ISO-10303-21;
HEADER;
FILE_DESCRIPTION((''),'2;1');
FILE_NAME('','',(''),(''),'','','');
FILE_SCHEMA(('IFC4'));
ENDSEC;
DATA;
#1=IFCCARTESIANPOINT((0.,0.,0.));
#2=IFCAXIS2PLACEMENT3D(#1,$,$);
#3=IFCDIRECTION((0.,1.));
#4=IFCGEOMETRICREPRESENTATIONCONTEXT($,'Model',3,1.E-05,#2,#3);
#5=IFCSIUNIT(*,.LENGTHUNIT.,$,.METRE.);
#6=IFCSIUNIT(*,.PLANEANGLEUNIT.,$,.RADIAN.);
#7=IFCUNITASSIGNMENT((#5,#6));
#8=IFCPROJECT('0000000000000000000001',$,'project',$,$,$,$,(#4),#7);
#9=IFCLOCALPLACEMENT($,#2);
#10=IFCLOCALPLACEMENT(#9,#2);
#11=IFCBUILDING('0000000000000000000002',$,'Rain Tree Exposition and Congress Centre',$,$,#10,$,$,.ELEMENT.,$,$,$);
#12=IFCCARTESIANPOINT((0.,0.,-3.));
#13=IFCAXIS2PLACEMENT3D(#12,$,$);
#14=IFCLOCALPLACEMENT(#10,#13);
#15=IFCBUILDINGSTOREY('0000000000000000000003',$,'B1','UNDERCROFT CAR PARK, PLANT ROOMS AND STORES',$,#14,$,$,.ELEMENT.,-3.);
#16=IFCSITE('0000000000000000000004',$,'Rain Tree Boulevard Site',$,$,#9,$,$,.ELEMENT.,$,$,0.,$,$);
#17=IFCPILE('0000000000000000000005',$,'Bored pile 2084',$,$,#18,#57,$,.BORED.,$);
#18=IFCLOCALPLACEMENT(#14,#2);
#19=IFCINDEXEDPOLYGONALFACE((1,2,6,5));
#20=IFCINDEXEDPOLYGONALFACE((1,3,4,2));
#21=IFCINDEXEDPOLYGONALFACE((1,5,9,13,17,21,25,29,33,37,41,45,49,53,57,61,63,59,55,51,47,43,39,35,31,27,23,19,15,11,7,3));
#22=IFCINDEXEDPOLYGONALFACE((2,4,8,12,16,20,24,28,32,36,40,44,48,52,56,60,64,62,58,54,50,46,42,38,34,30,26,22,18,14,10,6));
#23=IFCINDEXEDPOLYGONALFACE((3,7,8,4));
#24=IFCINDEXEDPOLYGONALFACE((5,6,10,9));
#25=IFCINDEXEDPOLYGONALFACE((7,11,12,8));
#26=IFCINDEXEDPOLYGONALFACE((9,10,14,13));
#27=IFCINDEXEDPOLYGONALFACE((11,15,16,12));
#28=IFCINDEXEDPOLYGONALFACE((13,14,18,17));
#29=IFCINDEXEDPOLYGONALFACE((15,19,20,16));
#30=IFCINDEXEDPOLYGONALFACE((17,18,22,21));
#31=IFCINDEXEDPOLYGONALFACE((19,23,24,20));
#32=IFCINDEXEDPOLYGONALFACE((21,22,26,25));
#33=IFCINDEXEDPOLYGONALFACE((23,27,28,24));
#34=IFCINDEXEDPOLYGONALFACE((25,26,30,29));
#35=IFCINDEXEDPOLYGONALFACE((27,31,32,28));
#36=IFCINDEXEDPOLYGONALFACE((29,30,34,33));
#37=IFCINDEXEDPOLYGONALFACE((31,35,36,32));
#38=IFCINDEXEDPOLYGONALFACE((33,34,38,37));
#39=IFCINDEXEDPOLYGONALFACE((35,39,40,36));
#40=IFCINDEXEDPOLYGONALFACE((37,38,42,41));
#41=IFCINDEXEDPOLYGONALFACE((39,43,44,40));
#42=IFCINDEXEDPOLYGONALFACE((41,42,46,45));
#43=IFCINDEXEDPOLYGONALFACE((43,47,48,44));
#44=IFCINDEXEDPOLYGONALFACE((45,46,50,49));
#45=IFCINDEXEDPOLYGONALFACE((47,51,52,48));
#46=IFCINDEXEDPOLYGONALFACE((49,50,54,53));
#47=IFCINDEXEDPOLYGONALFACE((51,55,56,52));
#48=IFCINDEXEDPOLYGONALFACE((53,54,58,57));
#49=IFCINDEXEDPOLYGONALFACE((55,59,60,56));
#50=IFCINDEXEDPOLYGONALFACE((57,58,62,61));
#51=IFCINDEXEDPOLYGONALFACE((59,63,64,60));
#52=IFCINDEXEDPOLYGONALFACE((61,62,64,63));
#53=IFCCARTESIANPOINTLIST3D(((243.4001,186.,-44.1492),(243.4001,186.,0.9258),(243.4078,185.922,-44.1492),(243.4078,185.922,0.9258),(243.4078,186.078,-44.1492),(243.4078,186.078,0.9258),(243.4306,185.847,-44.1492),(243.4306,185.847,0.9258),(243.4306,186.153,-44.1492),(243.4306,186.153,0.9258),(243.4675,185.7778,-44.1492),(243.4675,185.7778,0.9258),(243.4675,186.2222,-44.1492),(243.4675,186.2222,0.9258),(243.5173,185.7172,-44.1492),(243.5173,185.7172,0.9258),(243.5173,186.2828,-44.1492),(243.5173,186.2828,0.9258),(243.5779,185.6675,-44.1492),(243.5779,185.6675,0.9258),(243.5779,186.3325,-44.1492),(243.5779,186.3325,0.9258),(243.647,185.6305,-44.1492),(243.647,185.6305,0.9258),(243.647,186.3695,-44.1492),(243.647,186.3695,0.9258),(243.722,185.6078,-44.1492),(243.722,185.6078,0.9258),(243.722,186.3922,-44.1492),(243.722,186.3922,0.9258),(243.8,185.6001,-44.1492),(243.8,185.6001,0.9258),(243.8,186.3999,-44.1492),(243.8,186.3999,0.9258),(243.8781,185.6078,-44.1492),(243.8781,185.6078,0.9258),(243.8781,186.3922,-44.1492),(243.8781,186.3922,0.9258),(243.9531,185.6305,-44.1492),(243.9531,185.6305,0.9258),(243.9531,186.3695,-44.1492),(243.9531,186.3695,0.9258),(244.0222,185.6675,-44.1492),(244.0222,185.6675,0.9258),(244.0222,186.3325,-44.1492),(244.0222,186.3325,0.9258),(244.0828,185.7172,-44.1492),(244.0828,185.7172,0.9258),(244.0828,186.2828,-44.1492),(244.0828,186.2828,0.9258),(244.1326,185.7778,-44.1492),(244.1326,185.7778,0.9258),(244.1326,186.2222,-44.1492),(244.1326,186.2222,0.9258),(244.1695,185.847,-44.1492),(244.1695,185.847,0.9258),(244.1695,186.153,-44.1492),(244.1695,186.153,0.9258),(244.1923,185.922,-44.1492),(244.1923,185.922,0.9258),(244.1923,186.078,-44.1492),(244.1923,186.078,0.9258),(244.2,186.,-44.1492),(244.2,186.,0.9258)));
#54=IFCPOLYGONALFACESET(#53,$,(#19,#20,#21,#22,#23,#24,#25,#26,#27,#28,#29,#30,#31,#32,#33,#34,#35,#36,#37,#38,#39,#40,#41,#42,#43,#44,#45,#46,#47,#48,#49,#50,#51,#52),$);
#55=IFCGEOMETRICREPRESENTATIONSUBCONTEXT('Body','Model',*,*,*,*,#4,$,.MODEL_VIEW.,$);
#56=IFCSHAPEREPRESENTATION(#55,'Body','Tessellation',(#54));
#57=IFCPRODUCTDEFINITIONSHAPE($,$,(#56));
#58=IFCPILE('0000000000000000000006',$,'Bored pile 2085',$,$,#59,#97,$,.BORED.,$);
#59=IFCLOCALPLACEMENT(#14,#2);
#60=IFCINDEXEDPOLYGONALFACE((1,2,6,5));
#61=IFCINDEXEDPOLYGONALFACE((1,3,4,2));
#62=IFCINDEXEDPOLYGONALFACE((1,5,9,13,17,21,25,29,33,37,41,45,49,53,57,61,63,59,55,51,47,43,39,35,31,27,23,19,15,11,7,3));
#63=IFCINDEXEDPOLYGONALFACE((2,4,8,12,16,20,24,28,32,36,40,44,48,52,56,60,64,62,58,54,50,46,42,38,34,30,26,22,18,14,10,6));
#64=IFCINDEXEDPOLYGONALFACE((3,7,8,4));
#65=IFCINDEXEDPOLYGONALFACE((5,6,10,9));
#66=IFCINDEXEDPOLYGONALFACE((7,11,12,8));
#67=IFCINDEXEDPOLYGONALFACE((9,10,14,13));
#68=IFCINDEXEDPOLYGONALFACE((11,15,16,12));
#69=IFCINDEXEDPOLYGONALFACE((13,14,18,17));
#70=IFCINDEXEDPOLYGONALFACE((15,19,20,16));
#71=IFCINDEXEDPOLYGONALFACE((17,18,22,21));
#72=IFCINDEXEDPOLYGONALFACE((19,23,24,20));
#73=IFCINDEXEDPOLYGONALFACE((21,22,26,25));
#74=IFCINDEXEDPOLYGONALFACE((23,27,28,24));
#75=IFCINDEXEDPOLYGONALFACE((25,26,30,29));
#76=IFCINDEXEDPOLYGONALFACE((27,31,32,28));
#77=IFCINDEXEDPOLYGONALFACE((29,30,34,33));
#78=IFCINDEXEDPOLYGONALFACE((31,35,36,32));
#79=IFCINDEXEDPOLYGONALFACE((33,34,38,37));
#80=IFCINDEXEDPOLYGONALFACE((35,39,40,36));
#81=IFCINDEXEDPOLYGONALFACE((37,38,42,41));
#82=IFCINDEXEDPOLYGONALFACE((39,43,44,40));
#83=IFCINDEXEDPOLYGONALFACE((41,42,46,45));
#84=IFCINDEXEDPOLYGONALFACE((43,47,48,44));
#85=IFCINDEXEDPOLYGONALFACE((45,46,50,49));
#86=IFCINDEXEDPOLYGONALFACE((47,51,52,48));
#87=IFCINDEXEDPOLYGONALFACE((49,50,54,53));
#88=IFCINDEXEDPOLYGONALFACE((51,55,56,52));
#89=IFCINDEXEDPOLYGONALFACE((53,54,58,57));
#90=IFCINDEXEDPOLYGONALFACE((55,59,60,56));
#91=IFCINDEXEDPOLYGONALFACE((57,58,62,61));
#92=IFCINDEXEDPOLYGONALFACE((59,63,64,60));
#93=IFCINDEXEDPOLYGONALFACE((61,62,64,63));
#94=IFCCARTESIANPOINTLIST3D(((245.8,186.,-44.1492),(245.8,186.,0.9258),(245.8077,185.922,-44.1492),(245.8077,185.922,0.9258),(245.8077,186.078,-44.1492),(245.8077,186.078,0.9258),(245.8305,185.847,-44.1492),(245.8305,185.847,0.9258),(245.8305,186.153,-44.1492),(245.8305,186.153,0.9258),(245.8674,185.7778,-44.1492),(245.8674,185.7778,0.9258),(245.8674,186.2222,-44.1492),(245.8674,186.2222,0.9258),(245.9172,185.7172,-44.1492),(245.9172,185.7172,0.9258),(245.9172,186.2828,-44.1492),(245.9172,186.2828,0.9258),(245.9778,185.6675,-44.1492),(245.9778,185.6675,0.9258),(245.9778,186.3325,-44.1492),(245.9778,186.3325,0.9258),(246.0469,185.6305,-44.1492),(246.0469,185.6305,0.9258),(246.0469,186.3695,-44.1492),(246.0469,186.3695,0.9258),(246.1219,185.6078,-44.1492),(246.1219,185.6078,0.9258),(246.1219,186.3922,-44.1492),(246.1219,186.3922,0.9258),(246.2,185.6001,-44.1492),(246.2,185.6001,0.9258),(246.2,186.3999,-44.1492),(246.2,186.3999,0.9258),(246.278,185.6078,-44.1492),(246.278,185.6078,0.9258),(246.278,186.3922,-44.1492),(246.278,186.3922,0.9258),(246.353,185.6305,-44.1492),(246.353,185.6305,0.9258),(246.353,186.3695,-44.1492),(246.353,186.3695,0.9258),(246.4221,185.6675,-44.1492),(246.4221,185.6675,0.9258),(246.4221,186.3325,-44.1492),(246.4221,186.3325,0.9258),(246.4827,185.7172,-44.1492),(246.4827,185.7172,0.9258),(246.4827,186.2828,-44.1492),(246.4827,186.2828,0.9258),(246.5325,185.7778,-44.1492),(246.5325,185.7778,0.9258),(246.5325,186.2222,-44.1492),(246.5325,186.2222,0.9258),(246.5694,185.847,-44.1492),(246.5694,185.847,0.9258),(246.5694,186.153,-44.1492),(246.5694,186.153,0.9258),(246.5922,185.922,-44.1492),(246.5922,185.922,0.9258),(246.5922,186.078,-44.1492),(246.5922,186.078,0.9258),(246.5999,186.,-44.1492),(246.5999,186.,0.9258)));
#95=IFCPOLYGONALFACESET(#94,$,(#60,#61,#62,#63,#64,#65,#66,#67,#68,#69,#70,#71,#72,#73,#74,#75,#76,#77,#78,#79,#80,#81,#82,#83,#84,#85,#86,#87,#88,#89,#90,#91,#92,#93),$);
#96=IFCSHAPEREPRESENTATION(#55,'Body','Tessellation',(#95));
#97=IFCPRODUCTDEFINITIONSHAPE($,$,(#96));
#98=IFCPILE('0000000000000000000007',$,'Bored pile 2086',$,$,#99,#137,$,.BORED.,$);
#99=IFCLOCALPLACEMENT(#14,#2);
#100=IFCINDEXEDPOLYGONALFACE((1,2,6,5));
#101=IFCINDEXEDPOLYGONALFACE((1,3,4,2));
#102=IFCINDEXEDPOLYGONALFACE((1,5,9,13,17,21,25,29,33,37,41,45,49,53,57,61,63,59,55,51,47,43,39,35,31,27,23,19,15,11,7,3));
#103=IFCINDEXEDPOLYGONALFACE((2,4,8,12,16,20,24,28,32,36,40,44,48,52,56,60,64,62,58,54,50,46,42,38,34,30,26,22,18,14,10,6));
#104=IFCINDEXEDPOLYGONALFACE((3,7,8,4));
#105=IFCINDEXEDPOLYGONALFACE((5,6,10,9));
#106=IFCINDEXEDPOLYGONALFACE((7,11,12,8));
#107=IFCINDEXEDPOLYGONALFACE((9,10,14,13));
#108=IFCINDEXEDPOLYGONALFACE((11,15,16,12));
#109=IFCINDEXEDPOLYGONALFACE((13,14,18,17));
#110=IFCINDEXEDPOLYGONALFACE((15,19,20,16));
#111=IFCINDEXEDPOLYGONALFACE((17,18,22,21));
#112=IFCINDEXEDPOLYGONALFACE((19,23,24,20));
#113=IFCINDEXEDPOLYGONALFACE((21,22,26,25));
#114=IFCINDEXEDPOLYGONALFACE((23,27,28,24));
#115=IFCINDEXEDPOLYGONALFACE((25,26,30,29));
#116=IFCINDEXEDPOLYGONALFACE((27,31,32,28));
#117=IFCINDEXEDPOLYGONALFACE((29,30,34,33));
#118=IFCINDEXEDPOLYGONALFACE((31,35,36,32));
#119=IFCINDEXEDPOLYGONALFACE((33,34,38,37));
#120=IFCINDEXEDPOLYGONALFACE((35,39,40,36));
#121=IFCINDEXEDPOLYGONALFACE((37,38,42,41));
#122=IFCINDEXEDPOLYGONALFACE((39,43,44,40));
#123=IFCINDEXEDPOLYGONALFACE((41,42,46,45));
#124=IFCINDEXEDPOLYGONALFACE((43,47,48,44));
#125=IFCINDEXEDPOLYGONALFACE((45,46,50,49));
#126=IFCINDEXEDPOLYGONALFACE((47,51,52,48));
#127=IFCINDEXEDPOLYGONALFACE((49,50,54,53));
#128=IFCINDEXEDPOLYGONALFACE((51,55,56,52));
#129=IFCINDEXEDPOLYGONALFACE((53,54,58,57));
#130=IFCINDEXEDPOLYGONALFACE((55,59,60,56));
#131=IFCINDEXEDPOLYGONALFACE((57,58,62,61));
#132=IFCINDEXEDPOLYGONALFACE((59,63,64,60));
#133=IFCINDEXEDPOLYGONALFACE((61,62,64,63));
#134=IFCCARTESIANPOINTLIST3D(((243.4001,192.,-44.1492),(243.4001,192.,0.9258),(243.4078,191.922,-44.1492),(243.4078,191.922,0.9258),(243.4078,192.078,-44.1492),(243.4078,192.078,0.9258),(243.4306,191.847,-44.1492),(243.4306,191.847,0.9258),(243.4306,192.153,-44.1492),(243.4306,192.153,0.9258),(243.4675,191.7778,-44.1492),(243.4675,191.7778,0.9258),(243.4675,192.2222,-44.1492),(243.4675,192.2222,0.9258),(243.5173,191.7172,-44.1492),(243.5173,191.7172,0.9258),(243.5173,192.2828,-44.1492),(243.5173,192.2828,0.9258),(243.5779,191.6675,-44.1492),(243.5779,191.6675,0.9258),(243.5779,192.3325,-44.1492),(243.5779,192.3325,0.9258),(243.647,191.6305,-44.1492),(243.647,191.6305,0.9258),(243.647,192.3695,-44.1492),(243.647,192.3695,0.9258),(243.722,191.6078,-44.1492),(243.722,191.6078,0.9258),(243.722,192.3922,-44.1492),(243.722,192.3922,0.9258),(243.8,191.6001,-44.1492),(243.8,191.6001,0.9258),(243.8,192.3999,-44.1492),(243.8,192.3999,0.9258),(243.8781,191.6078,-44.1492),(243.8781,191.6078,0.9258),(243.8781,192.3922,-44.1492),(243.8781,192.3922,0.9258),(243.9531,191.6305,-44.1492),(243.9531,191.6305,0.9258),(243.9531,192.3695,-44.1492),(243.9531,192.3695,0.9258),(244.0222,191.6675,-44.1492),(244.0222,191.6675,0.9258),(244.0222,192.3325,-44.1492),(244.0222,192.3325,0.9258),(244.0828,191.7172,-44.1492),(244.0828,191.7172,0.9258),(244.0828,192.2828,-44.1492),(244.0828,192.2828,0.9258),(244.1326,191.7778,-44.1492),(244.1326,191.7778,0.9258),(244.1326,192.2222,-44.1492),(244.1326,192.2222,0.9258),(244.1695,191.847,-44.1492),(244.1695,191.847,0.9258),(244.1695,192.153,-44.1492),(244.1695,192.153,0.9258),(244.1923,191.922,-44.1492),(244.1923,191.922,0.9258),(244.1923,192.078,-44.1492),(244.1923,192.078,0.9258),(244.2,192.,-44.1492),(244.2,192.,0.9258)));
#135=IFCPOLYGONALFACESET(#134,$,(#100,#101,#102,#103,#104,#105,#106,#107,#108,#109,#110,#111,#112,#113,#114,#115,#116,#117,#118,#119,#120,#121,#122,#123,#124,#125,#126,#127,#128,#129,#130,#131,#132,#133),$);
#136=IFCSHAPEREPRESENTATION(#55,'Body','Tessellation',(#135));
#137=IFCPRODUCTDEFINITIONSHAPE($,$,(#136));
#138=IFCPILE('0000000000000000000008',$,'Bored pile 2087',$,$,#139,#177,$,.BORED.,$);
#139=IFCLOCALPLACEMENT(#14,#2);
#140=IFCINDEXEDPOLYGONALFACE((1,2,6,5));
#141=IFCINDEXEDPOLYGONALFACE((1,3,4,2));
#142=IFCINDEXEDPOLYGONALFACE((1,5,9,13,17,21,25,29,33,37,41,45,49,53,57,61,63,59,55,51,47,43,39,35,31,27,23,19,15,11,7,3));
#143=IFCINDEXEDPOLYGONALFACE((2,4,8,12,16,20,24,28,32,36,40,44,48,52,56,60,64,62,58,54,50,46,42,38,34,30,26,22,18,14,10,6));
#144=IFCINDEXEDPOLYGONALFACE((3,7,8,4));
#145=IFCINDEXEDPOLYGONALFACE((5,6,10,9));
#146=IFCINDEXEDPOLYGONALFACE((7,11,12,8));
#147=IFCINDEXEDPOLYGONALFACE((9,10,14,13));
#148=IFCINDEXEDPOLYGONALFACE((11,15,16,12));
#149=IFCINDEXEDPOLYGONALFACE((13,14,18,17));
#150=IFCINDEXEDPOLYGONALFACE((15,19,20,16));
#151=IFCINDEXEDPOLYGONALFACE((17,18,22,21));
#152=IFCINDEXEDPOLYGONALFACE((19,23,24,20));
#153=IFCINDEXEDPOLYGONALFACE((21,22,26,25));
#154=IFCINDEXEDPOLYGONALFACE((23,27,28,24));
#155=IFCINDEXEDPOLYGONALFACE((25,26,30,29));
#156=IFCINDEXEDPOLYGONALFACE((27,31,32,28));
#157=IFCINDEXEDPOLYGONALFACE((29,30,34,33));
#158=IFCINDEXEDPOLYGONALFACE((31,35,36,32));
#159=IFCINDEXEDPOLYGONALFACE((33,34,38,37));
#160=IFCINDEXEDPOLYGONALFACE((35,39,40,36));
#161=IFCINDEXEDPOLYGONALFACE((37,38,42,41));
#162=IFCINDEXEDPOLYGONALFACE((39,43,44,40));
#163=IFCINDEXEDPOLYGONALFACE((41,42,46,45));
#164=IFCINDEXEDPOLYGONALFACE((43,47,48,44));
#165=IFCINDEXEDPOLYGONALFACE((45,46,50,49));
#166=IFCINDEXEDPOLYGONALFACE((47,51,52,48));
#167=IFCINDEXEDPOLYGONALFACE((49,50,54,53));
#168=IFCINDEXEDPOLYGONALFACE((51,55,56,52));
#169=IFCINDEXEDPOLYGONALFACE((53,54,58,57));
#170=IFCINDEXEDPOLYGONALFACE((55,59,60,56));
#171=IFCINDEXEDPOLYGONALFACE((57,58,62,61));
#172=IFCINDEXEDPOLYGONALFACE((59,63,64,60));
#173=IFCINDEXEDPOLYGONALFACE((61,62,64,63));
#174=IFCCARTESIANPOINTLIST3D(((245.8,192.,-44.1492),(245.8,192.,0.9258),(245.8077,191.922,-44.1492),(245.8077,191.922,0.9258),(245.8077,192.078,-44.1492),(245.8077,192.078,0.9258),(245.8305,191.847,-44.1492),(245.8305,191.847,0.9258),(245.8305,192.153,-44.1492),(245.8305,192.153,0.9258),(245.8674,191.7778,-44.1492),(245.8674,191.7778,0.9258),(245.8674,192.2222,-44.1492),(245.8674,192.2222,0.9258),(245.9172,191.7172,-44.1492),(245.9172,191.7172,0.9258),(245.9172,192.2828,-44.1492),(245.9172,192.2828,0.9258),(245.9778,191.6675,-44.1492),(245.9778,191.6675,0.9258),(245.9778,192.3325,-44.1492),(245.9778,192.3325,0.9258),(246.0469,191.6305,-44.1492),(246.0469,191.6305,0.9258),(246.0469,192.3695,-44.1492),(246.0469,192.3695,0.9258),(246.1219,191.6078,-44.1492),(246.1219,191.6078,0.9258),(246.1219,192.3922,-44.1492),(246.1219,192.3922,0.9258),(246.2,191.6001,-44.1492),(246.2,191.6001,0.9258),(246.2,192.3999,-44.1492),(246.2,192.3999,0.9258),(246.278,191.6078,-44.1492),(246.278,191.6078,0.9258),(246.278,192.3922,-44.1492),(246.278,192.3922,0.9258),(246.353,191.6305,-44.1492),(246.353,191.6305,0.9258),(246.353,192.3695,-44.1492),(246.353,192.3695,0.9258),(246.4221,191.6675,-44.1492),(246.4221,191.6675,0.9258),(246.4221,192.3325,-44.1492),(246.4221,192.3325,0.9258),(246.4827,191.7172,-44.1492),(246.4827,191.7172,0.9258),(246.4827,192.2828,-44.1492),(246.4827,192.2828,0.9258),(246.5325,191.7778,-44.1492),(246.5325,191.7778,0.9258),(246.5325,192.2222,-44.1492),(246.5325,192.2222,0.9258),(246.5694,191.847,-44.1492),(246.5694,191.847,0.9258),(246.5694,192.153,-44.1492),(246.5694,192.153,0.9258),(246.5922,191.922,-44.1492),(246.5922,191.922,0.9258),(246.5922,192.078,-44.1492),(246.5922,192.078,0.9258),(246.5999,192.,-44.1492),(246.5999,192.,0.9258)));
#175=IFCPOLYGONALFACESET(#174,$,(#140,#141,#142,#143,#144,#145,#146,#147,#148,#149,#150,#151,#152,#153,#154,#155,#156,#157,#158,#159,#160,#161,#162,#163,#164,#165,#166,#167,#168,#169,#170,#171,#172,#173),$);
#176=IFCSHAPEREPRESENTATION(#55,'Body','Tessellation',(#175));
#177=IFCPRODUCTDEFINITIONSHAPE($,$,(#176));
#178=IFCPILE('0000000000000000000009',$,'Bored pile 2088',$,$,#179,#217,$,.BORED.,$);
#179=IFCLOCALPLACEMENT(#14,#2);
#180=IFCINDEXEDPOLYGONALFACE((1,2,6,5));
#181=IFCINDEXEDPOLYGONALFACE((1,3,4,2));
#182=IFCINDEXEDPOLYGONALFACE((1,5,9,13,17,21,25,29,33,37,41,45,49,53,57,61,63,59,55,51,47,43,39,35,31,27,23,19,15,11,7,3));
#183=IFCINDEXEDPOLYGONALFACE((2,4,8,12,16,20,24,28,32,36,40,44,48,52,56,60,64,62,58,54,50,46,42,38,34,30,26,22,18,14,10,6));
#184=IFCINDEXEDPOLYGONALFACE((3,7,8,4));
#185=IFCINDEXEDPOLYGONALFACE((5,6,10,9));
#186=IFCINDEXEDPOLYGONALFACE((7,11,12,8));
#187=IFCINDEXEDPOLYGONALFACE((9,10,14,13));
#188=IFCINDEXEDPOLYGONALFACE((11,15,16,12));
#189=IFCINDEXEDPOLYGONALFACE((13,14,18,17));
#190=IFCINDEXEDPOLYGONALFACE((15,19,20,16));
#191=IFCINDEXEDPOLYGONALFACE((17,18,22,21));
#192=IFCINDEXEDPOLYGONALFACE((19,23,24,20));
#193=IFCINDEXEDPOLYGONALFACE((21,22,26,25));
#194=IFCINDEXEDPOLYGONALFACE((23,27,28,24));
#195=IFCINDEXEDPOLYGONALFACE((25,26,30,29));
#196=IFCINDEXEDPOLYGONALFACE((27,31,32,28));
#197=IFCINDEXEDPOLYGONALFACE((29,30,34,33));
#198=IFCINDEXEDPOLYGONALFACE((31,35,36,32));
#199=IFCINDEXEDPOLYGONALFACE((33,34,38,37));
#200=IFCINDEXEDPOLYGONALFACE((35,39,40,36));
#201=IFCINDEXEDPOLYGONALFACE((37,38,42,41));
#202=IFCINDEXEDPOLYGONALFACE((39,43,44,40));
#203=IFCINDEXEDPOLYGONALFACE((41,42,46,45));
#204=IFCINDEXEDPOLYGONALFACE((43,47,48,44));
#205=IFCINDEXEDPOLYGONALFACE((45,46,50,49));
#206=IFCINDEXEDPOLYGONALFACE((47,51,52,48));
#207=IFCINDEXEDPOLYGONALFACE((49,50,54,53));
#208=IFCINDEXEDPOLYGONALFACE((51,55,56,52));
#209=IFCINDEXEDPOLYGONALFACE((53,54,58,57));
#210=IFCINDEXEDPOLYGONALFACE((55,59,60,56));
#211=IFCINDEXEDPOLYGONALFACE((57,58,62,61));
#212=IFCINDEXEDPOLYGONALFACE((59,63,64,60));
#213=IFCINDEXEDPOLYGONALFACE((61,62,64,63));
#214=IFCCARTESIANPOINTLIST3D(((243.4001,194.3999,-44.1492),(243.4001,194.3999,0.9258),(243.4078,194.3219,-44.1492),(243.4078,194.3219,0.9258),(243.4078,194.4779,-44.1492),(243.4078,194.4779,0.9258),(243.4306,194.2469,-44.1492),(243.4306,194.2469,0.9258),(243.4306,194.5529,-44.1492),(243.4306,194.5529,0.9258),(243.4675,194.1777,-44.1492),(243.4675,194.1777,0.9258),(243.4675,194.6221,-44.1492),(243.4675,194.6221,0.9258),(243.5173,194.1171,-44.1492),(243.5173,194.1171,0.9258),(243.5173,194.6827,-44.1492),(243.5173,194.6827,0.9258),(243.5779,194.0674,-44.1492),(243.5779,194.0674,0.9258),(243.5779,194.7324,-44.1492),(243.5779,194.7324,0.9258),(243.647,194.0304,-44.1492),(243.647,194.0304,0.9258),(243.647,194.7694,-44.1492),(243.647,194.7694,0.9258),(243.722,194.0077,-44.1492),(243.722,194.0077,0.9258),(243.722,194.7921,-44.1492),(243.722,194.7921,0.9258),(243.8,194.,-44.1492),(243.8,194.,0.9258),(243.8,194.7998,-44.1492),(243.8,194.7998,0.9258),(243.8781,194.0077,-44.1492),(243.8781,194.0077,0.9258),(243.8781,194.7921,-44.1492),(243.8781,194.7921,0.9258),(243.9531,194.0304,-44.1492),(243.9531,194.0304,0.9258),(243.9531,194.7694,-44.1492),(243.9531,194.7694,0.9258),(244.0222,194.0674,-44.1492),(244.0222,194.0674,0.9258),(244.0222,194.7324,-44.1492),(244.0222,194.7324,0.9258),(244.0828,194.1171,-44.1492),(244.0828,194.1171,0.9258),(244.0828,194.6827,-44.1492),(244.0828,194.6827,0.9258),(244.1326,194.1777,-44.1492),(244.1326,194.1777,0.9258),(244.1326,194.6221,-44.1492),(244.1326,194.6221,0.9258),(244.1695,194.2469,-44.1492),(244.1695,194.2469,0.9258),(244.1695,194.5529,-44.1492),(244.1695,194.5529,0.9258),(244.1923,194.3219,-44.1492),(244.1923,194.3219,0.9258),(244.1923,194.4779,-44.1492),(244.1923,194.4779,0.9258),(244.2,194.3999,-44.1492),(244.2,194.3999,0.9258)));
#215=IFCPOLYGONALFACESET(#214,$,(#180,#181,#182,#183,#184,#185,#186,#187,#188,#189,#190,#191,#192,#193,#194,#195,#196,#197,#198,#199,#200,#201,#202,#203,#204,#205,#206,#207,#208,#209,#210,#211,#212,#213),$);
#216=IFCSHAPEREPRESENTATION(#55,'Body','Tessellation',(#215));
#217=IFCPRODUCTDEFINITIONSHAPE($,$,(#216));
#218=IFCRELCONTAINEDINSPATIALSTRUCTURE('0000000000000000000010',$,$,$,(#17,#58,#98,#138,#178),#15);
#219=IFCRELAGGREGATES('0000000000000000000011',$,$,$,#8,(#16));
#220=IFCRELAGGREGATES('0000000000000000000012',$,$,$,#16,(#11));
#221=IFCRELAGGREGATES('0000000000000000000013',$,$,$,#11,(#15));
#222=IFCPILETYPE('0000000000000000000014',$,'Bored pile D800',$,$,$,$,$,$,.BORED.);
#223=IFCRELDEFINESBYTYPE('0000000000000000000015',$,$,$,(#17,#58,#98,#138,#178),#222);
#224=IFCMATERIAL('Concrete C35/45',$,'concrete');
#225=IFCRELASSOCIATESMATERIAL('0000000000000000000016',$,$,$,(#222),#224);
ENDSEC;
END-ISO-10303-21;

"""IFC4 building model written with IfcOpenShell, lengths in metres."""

from ifc_helpers import new_model, si_unit, direction, frame, origin, origin_2d, place, context, subcontext, project, spatial, circle, extrude, material, material_profile, profile_set, type_object, element, save


model = new_model("IFC4")

# Units and contexts
model_context = context("Model", 3, precision=1e-05, world=origin(), true_north=direction((0.0, 1.0)))
body_context = subcontext(model_context, "Body", "Model", "MODEL_VIEW")
ifc_project = project(units=[si_unit("LENGTHUNIT", "METRE"), si_unit("PLANEANGLEUNIT", "RADIAN")], contexts=[model_context])

# Site, building, storey
site_placement = place(None, origin())
site = spatial("IfcSite", under=ifc_project, at=site_placement, Name="Rain Tree Boulevard Site", CompositionType="ELEMENT", RefElevation=0.0)
building_placement = place(site_placement, origin())
building = spatial("IfcBuilding", under=site, at=building_placement, Name="Rain Tree Exposition and Congress Centre", CompositionType="ELEMENT")
storey_placement = place(building_placement, frame((0.0, 0.0, -3.0)))
storey = spatial("IfcBuildingStorey", under=building, at=storey_placement, Name="B1", Description="UNDERCROFT CAR PARK, PLANT ROOMS AND STORES", CompositionType="ELEMENT", Elevation=-3.0)

# Piles
ifc_material_1 = material(Name="Concrete C35/45", Category="concrete")
ifc_material_profile_1 = material_profile(ifc_material_1, circle(Radius=0.3999, at=origin_2d()), Name="D800")
ifc_profile_set_1 = profile_set([ifc_material_profile_1], Name="Concrete C35/45")
pile_type_1 = type_object("IfcPileType", Name="Bored pile D800", PredefinedType="BORED", material=ifc_profile_set_1)
for number, where, z_axis, x_axis, name in (
    (1, (243.8, 186.0, 0.9258), (0.0, 0.0, -1.0), (1.0, 0.0, 0.0), "Bored pile 2084"),
    (2, (246.2, 186.0, 0.9258), (0.0, 0.0, -1.0), (1.0, 0.0, 0.0), "Bored pile 2085"),
    (3, (243.8, 192.0, 0.9258), (0.0, 0.0, -1.0), (1.0, 0.0, 0.0), "Bored pile 2086"),
    (4, (246.2, 192.0, 0.9258), (0.0, 0.0, -1.0), (1.0, 0.0, 0.0), "Bored pile 2087"),
    (5, (243.8, 194.3999, 0.9258), (0.0, 0.0, -1.0), (1.0, 0.0, 0.0), "Bored pile 2088"),
):
    element("IfcPile", number, at=place(storey_placement, frame(where, z_axis=z_axis, x_axis=x_axis)), inside=storey, type_object=pile_type_1, Name=name, PredefinedType="BORED", context=body_context, shape_type="SweptSolid", body=[
        extrude(circle(Radius=0.3999, at=origin_2d()), origin(), (0.0, 0.0, 1.0), 45.075),
    ])

save(model, "model.ifc")
